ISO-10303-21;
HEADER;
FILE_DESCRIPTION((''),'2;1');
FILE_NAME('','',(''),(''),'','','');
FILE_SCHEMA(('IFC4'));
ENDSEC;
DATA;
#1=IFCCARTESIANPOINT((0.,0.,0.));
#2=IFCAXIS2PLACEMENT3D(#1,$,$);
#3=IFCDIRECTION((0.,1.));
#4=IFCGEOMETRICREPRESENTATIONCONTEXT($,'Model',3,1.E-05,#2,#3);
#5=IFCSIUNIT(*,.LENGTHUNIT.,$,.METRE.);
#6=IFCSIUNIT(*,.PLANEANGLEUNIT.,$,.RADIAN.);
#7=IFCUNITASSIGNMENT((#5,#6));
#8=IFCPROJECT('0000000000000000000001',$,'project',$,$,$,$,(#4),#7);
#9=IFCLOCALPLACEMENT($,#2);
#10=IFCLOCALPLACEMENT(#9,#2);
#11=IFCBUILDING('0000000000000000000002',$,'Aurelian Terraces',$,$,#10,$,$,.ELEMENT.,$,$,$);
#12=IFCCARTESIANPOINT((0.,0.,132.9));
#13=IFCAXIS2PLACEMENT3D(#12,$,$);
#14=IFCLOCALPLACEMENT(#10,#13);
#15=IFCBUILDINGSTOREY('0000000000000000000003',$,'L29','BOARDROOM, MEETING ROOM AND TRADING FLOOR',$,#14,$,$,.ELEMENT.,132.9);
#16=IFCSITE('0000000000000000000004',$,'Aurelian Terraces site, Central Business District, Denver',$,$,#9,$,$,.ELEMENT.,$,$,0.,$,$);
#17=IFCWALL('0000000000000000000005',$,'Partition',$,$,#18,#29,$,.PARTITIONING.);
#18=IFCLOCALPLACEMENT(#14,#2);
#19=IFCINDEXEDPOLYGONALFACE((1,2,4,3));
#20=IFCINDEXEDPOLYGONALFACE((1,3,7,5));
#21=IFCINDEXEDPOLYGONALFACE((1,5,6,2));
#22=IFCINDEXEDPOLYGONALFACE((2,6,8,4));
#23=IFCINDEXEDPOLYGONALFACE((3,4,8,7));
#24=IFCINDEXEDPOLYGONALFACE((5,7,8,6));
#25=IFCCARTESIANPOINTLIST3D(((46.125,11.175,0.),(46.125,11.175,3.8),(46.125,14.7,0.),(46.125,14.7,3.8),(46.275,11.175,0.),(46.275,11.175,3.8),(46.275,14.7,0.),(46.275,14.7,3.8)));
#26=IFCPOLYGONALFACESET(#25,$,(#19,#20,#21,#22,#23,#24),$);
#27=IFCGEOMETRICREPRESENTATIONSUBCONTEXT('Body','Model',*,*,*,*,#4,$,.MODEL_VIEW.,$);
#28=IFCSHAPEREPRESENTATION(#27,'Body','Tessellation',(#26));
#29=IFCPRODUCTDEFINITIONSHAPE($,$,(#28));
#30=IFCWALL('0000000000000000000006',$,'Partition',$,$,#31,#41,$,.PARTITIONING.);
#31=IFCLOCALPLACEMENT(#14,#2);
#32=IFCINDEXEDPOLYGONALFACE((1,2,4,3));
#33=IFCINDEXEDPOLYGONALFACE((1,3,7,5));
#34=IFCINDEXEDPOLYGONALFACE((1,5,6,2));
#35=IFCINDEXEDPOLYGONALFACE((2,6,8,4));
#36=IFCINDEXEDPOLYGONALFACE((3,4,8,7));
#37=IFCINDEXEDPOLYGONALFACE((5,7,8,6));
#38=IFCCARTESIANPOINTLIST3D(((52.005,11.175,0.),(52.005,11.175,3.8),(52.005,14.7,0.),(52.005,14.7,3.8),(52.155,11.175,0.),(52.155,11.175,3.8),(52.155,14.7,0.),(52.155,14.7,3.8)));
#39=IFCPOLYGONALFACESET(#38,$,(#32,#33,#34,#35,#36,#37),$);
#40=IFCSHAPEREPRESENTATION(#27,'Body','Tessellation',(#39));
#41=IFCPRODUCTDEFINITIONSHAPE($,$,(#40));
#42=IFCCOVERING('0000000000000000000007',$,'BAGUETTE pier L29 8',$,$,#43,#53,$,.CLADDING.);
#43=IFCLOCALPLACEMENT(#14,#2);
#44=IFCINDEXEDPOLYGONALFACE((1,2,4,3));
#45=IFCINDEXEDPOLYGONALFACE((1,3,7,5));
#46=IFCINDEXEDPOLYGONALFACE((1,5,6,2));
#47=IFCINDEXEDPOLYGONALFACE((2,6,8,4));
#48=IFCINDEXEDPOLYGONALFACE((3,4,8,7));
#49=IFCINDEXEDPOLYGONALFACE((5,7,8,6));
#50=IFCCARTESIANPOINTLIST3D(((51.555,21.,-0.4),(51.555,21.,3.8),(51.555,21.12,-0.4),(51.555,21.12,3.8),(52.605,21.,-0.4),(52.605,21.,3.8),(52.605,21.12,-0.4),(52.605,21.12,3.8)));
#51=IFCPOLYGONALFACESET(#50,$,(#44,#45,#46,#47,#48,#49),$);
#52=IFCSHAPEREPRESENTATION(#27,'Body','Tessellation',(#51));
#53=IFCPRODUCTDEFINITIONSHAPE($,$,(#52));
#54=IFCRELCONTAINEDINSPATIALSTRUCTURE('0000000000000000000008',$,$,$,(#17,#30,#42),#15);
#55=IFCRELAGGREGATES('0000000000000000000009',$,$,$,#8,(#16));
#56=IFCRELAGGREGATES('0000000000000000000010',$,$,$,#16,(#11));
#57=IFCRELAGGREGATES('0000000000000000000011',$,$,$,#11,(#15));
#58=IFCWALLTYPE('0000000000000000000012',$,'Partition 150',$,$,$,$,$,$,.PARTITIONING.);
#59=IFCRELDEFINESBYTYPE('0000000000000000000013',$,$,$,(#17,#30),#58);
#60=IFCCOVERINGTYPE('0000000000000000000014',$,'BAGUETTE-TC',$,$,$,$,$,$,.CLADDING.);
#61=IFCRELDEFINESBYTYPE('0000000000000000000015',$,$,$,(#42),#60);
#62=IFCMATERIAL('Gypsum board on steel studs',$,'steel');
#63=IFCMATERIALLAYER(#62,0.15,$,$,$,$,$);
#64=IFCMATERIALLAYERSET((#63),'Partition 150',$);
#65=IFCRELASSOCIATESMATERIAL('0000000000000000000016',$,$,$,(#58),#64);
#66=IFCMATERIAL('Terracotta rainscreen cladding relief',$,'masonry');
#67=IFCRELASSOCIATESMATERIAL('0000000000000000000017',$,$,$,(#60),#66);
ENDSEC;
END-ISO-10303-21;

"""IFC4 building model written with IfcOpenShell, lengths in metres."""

from ifc_helpers import new_model, si_unit, direction, frame, frame_2d, origin, origin_2d, place, context, subcontext, project, spatial, rectangle, extrude, source, transform, mapped, material, layer, layer_set, type_object, element, save


model = new_model("IFC4")

# Units and contexts
model_context = context("Model", 3, precision=1e-05, world=origin(), true_north=direction((0.0, 1.0)))
body_context = subcontext(model_context, "Body", "Model", "MODEL_VIEW")
ifc_project = project(units=[si_unit("LENGTHUNIT", "METRE"), si_unit("PLANEANGLEUNIT", "RADIAN")], contexts=[model_context])

# Site, building, storey
site_placement = place(None, origin())
site = spatial("IfcSite", under=ifc_project, at=site_placement, Name="Aurelian Terraces site, Central Business District, Denver", CompositionType="ELEMENT", RefElevation=0.0)
building_placement = place(site_placement, origin())
building = spatial("IfcBuilding", under=site, at=building_placement, Name="Aurelian Terraces", CompositionType="ELEMENT")
storey_placement = place(building_placement, frame((0.0, 0.0, 132.9)))
storey = spatial("IfcBuildingStorey", under=building, at=storey_placement, Name="L29", Description="BOARDROOM, MEETING ROOM AND TRADING FLOOR", CompositionType="ELEMENT", Elevation=132.9)

# Shared definitions
ifc_material_1 = material(Name="Gypsum board on steel studs", Category="steel")
ifc_layer_1 = layer(ifc_material_1, 0.15)
ifc_layer_set_1 = layer_set([ifc_layer_1], Name="Partition 150")
wall_type_1 = type_object("IfcWallType", Name="Partition 150", PredefinedType="PARTITIONING", material=ifc_layer_set_1)

# Walls
shared_shape_1 = source(origin(), body_context, "Body", "SweptSolid", [
    extrude(rectangle(XDim=3.525, YDim=0.15, at=frame_2d((1.7625, 0.0))), origin(), (0.0, 0.0, 1.0), 3.8),
])
for number, where, z_axis, x_axis, name in (
    (1, (46.2, 11.175, 0.0), (0.0, 0.0, 1.0), (0.0, 1.0, 0.0), "Partition"),
    (2, (52.08, 11.175, 0.0), (0.0, 0.0, 1.0), (0.0, 1.0, 0.0), "Partition"),
):
    element("IfcWall", number, at=place(storey_placement, frame(where, z_axis=z_axis, x_axis=x_axis)), inside=storey, type_object=wall_type_1, Name=name, PredefinedType="PARTITIONING", context=body_context, shape_type="MappedRepresentation", body=[
        mapped(shared_shape_1, transform((0.0, 0.0, 0.0), scale=1.0)),
    ])

# Covering
ifc_material_2 = material(Name="Terracotta rainscreen cladding relief", Category="masonry")
covering_type = type_object("IfcCoveringType", Name="BAGUETTE-TC", PredefinedType="CLADDING", material=ifc_material_2)
shared_shape_2 = source(origin(), body_context, "Body", "SweptSolid", [
    extrude(rectangle(XDim=1.05, YDim=0.12, at=origin_2d()), origin(), (0.0, 0.0, 1.0), 4.2),
])
covering_placement = place(storey_placement, frame((52.08, 21.06, -0.4), z_axis=(0.0, 0.0, 1.0), x_axis=(1.0, 0.0, 0.0)))
element("IfcCovering", 3, at=covering_placement, inside=storey, type_object=covering_type, Name="BAGUETTE pier L29 8", PredefinedType="CLADDING", context=body_context, shape_type="MappedRepresentation", body=[
    mapped(shared_shape_2, transform((0.0, 0.0, 0.0), scale=1.0)),
])

save(model, "model.ifc")
